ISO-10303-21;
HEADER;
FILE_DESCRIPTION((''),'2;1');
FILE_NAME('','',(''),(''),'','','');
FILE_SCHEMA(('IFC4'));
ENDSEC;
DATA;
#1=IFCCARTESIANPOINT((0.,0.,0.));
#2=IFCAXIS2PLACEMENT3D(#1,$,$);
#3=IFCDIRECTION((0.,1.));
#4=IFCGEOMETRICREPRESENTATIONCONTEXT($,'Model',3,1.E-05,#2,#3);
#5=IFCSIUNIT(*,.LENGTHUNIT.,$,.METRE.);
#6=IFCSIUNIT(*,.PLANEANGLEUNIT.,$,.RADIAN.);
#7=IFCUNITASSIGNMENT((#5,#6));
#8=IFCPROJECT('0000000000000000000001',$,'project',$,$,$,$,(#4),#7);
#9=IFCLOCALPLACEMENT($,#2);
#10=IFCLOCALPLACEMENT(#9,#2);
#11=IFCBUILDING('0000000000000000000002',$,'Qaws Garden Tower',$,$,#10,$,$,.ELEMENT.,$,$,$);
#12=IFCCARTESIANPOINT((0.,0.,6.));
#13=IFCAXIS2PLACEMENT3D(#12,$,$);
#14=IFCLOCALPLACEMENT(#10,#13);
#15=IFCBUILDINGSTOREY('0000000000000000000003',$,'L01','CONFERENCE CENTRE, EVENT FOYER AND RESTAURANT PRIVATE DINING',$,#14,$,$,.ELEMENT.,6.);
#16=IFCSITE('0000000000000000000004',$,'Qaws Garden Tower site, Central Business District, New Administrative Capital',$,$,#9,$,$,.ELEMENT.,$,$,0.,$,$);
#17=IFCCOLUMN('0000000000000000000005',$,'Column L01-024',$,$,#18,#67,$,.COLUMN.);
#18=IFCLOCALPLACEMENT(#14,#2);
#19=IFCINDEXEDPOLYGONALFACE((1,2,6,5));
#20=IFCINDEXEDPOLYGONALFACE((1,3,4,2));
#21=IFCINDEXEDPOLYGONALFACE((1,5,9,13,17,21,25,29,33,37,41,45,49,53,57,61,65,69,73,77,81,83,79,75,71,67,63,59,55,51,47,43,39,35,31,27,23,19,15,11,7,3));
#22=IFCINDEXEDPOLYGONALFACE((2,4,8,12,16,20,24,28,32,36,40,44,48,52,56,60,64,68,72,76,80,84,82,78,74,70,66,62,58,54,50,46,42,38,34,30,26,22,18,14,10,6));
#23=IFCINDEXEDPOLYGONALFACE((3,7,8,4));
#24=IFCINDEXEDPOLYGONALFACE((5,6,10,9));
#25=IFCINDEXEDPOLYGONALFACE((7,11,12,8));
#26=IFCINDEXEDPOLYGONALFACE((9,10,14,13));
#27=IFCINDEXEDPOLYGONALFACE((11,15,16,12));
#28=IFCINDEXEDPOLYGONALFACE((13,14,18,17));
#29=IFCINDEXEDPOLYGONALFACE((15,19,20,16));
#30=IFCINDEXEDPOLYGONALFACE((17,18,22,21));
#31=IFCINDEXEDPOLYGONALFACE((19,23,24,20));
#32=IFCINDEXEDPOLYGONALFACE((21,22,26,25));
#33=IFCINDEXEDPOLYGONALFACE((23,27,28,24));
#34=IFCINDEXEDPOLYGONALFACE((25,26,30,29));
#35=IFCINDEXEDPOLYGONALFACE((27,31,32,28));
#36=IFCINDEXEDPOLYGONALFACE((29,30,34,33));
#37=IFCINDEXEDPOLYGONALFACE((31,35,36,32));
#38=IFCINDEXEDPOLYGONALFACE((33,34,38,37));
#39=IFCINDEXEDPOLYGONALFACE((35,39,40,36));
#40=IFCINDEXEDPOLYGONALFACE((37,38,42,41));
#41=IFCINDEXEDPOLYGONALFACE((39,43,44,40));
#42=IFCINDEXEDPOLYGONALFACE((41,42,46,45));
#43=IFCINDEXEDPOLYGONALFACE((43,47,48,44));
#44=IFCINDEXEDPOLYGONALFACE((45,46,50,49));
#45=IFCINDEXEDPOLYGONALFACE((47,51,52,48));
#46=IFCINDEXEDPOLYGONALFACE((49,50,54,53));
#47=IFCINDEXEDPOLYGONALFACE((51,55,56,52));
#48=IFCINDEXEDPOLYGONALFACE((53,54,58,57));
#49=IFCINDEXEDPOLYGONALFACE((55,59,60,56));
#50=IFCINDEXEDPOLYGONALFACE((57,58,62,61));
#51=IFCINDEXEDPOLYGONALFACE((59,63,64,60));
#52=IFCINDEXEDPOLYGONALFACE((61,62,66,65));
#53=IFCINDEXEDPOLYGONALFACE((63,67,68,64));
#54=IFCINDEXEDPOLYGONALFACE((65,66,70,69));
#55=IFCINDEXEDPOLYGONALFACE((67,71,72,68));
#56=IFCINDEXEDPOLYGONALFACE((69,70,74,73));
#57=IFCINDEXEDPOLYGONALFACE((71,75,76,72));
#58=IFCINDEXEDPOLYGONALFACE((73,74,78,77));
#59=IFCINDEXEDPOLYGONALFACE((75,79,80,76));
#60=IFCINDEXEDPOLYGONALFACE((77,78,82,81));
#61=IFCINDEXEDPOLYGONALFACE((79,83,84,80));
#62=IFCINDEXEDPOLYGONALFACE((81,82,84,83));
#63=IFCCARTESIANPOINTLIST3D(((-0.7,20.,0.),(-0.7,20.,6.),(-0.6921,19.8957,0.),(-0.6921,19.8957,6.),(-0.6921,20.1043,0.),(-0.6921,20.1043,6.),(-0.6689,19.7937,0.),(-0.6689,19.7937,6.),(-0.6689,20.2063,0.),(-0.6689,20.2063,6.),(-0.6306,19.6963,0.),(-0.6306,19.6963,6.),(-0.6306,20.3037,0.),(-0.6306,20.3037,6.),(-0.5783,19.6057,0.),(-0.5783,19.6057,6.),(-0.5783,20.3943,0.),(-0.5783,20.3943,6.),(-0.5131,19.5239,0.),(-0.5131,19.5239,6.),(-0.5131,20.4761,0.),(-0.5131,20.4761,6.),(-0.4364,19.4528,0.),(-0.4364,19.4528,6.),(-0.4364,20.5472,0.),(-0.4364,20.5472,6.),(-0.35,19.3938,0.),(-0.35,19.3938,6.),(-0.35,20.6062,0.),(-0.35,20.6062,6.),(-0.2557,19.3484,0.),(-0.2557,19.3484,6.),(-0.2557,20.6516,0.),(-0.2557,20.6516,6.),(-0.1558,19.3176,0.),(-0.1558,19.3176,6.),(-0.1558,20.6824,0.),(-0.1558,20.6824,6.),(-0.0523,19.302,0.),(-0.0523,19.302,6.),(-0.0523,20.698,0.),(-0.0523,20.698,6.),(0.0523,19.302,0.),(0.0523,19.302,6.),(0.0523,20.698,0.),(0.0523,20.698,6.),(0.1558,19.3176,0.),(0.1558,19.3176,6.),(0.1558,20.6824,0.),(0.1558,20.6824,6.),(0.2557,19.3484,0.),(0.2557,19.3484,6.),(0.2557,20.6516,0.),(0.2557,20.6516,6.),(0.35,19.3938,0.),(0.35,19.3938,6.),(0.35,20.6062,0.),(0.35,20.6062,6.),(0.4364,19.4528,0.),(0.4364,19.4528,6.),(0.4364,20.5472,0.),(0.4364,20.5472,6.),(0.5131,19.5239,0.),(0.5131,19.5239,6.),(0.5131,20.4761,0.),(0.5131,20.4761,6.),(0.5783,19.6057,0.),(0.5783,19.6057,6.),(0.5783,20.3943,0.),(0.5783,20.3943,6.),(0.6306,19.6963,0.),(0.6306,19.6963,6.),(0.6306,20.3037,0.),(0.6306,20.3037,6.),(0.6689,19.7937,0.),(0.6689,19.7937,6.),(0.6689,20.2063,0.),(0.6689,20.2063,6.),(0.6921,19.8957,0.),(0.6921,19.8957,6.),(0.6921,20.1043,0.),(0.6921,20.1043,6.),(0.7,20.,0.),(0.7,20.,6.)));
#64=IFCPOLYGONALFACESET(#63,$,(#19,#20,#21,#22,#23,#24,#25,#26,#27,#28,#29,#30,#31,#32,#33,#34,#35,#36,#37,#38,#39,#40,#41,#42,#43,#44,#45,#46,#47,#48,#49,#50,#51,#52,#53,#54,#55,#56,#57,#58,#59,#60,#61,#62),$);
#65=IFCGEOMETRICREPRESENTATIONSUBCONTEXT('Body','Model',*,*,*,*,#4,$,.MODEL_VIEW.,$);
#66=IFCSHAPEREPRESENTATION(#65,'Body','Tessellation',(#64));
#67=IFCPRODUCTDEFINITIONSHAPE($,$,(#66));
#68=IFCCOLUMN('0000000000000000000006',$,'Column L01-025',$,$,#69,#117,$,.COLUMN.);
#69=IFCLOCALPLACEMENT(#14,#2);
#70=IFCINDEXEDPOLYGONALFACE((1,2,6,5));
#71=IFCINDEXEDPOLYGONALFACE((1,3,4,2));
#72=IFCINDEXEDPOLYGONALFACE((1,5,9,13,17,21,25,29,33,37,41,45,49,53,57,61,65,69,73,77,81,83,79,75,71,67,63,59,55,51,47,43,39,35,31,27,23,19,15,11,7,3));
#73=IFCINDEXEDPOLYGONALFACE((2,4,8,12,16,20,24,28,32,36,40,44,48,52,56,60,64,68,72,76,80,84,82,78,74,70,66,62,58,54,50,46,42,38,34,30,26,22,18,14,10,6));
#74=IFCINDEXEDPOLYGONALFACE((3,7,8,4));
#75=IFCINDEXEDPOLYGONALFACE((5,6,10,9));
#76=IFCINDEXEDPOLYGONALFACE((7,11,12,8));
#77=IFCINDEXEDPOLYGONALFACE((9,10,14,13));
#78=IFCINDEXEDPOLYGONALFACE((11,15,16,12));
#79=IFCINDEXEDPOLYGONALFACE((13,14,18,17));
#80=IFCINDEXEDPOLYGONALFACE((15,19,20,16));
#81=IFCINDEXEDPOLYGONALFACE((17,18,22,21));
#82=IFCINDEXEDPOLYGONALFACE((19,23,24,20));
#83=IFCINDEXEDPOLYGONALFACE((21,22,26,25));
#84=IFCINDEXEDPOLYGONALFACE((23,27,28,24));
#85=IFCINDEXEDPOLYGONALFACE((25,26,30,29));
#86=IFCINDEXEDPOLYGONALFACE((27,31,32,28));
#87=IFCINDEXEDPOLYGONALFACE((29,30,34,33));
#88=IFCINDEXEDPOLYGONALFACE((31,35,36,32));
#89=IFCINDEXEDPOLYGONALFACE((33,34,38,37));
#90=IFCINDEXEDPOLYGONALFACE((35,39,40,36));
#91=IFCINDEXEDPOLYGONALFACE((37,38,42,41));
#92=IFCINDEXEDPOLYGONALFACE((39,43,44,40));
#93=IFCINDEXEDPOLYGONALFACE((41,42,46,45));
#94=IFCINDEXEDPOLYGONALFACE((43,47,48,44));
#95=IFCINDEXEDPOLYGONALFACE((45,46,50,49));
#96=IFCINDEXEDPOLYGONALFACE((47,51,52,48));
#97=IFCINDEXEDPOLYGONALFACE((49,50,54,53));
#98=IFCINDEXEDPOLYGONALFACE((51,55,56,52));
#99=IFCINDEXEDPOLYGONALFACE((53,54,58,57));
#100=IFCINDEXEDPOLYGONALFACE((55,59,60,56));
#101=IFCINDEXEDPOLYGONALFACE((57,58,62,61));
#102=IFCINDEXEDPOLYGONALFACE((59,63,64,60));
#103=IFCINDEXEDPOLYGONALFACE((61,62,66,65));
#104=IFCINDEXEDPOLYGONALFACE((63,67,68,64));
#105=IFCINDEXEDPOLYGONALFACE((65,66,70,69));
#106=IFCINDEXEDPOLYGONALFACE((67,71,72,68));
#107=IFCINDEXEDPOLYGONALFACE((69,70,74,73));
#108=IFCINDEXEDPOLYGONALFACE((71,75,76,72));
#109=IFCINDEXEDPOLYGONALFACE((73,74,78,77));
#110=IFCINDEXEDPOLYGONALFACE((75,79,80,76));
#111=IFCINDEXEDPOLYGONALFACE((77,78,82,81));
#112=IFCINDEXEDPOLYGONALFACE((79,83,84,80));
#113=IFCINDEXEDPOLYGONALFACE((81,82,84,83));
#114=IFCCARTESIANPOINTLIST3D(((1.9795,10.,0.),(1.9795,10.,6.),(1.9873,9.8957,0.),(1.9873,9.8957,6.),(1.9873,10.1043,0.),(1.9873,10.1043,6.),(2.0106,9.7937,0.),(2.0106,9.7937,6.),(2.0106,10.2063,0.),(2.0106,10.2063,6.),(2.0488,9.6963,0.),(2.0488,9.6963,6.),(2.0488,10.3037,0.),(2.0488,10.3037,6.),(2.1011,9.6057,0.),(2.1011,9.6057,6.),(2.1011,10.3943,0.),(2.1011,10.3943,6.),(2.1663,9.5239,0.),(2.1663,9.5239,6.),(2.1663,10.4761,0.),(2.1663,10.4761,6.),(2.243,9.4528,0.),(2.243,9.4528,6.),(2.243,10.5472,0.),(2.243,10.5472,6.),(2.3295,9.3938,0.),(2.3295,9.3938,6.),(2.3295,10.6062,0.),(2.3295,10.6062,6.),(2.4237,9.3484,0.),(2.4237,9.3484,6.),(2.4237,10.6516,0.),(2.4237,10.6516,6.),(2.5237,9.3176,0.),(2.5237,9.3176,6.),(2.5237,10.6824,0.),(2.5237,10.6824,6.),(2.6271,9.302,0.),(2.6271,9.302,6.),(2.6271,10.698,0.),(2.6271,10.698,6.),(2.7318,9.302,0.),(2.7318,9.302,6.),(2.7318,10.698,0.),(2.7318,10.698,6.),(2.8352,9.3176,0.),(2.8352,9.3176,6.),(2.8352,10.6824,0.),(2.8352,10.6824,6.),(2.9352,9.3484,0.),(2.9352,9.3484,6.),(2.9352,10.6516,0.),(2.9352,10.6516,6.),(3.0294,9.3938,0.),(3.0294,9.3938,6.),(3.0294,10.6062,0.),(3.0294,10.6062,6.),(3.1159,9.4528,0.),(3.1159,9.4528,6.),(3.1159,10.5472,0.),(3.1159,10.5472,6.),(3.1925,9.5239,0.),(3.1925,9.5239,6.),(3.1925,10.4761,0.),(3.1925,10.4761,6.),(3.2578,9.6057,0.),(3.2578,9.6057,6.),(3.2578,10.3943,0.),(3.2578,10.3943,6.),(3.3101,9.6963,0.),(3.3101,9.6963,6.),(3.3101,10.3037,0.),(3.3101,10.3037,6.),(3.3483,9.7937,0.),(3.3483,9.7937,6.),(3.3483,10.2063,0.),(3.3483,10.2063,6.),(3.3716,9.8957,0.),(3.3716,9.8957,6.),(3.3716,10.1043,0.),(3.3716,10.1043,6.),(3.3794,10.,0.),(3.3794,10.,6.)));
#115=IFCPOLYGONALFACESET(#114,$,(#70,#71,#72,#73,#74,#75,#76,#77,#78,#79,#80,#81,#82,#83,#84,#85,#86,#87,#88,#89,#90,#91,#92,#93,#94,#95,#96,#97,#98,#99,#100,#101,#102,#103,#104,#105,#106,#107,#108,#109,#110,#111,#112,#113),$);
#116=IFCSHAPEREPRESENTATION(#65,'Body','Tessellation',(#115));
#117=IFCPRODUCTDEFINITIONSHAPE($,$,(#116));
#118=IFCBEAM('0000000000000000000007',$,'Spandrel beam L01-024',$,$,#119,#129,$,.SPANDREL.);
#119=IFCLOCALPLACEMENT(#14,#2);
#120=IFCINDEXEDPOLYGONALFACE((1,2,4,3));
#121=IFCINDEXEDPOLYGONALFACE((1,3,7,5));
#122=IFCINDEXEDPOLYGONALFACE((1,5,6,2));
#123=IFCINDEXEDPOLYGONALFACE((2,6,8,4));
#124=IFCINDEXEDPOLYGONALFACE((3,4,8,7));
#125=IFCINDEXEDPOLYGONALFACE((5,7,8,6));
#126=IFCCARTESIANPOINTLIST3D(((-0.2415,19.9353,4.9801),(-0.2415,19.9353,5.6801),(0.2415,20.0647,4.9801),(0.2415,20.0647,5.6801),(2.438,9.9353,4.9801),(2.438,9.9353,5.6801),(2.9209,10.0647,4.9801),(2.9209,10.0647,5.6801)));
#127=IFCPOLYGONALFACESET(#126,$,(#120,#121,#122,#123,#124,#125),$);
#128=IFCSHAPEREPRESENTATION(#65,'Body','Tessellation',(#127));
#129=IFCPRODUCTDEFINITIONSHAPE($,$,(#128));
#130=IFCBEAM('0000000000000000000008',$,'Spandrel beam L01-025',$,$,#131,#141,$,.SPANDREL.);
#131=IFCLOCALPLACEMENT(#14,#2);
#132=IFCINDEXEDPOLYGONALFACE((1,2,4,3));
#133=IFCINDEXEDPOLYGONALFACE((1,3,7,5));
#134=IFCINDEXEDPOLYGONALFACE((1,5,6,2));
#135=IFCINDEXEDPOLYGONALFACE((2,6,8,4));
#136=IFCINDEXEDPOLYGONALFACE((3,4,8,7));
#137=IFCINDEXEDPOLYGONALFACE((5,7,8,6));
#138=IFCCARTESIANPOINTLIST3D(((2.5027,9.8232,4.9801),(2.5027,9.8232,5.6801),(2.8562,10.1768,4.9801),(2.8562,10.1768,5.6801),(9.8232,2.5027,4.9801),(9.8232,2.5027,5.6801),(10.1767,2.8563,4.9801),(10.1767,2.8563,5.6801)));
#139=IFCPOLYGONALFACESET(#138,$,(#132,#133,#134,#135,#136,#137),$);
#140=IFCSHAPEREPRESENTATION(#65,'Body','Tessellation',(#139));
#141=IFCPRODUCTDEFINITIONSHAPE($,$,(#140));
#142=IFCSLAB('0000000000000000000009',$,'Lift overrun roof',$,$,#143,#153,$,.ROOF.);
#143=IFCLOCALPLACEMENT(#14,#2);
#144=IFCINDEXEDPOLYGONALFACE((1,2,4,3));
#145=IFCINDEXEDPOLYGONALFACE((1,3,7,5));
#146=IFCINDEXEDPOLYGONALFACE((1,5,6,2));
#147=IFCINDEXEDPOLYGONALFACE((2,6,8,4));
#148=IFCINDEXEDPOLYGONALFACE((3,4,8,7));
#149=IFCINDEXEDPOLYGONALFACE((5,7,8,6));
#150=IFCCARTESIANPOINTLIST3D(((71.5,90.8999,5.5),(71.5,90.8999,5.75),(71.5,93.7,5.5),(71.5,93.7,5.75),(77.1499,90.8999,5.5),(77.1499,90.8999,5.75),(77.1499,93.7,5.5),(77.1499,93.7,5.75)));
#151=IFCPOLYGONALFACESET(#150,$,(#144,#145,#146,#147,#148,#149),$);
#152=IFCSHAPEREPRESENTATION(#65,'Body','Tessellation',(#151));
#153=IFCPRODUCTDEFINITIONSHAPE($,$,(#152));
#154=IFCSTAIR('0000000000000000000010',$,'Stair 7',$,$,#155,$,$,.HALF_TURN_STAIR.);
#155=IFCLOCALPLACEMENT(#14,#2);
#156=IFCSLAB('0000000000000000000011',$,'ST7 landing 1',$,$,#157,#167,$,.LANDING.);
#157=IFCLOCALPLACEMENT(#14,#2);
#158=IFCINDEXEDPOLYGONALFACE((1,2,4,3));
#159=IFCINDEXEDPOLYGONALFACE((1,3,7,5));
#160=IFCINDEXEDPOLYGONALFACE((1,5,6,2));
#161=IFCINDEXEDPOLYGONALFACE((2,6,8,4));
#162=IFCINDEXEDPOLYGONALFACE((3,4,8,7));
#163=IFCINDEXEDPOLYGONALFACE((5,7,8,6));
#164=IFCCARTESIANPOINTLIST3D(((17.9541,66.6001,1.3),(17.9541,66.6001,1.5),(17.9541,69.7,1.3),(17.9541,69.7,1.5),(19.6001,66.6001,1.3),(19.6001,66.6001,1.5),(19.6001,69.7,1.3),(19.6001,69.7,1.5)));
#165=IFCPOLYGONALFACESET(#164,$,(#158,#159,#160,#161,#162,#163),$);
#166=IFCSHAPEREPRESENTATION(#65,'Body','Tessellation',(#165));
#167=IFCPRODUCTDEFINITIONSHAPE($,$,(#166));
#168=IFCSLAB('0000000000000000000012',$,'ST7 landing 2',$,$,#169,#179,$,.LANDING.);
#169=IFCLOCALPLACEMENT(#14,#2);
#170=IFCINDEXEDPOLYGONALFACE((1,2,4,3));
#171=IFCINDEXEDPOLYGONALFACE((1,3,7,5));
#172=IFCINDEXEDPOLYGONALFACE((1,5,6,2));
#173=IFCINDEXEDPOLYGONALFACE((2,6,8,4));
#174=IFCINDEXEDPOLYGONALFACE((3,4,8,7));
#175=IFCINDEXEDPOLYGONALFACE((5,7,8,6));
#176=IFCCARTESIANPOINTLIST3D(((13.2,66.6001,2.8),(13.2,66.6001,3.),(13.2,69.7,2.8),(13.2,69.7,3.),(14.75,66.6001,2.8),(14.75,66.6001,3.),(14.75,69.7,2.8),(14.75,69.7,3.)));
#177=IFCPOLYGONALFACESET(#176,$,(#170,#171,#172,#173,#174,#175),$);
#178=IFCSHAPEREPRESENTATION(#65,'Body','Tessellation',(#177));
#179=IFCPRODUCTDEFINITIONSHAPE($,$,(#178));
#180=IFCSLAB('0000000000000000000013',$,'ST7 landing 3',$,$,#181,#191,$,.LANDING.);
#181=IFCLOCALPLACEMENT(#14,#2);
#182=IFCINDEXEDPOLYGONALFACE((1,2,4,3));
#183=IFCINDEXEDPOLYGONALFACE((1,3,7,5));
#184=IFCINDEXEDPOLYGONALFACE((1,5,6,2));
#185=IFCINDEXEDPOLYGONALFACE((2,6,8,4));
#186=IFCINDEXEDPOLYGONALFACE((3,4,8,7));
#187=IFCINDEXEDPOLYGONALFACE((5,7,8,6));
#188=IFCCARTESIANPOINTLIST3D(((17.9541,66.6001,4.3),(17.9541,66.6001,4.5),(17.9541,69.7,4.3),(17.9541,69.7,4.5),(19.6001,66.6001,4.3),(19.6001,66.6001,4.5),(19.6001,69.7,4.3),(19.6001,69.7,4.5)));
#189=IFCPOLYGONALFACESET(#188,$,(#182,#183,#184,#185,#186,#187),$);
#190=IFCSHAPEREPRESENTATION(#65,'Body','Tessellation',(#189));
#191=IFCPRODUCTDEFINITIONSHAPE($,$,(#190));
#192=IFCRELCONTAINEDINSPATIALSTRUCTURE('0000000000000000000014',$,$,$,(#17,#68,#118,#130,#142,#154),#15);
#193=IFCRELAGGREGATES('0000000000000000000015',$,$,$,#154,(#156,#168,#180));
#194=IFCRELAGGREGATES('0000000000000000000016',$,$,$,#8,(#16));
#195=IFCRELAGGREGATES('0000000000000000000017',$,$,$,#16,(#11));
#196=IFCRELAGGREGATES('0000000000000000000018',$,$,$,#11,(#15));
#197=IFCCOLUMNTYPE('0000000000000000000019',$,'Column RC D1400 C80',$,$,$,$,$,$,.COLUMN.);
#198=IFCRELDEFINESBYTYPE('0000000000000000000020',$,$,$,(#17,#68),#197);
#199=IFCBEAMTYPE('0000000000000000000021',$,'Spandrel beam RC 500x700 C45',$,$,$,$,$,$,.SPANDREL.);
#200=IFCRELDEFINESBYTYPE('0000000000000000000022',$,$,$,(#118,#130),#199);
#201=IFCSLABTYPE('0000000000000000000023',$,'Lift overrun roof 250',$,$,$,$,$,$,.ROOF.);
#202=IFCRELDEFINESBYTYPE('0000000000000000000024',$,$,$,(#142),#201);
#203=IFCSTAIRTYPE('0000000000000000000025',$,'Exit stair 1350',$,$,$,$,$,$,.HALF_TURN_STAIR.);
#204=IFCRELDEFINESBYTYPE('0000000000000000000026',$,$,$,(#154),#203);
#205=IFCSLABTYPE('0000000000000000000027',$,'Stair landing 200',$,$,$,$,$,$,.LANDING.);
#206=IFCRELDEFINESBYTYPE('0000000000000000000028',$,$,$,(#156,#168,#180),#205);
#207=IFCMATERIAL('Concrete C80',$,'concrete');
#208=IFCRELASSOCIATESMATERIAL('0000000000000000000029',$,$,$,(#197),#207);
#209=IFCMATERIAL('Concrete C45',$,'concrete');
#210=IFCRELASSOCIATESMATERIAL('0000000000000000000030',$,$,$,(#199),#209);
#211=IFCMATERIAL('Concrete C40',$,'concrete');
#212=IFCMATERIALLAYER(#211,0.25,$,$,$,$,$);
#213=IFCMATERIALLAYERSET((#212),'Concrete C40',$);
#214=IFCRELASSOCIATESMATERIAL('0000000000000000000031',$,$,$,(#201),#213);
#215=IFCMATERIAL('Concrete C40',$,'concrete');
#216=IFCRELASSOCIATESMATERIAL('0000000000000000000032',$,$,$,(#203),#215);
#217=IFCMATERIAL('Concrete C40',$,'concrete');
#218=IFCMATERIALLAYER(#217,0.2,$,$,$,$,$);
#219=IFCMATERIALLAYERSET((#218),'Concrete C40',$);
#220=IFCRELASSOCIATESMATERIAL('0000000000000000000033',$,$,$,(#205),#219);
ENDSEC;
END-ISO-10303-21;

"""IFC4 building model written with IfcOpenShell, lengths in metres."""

from ifc_helpers import new_model, si_unit, direction, frame, origin, origin_2d, place, context, subcontext, project, spatial, polyline, rectangle, circle, outline, extrude, material, layer, layer_set, material_profile, profile_set, type_object, element, aggregate, save


model = new_model("IFC4")

# Units and contexts
model_context = context("Model", 3, precision=1e-05, world=origin(), true_north=direction((0.0, 1.0)))
body_context = subcontext(model_context, "Body", "Model", "MODEL_VIEW")
ifc_project = project(units=[si_unit("LENGTHUNIT", "METRE"), si_unit("PLANEANGLEUNIT", "RADIAN")], contexts=[model_context])

# Site, building, storey
site_placement = place(None, origin())
site = spatial("IfcSite", under=ifc_project, at=site_placement, Name="Qaws Garden Tower site, Central Business District, New Administrative Capital", CompositionType="ELEMENT", RefElevation=0.0)
building_placement = place(site_placement, origin())
building = spatial("IfcBuilding", under=site, at=building_placement, Name="Qaws Garden Tower", CompositionType="ELEMENT")
storey_placement = place(building_placement, frame((0.0, 0.0, 6.0)))
storey = spatial("IfcBuildingStorey", under=building, at=storey_placement, Name="L01", Description="CONFERENCE CENTRE, EVENT FOYER AND RESTAURANT PRIVATE DINING", CompositionType="ELEMENT", Elevation=6.0)

# Columns
ifc_material_1 = material(Name="Concrete C80", Category="concrete")
ifc_material_profile_1 = material_profile(ifc_material_1, circle(Radius=0.7, at=origin_2d()), Name="RC D1400")
ifc_profile_set_1 = profile_set([ifc_material_profile_1], Name="Concrete C80")
column_type = type_object("IfcColumnType", Name="Column RC D1400 C80", PredefinedType="COLUMN", material=ifc_profile_set_1)
for number, where, z_axis, x_axis, name in (
    (1, (0.0, 20.0, 0.0), (0.0, 0.0, 1.0), (1.0, 0.0, 0.0), "Column L01-024"),
    (2, (2.6794, 10.0, 0.0), (0.0, 0.0, 1.0), (1.0, 0.0, 0.0), "Column L01-025"),
):
    element("IfcColumn", number, at=place(storey_placement, frame(where, z_axis=z_axis, x_axis=x_axis)), inside=storey, type_object=column_type, Name=name, PredefinedType="COLUMN", context=body_context, shape_type="SweptSolid", body=[
        extrude(circle(Radius=0.7, at=origin_2d()), origin(), (0.0, 0.0, 1.0), 6.0),
    ])

# Beams
ifc_material_2 = material(Name="Concrete C45", Category="concrete")
ifc_material_profile_2 = material_profile(ifc_material_2, rectangle(XDim=0.5, YDim=0.7, at=origin_2d()), Name="RC 500x700")
ifc_profile_set_2 = profile_set([ifc_material_profile_2], Name="Concrete C45")
beam_type = type_object("IfcBeamType", Name="Spandrel beam RC 500x700 C45", PredefinedType="SPANDREL", material=ifc_profile_set_2)
for number, where, z_axis, x_axis, name in (
    (3, (0.0, 20.0, 5.3301), (0.258815, -0.965927, 0.0), (0.965927, 0.258815, 0.0), "Spandrel beam L01-024"),
    (4, (2.6794, 10.0, 5.3301), (0.707107, -0.707107, 0.0), (0.707107, 0.707107, 0.0), "Spandrel beam L01-025"),
):
    element("IfcBeam", number, at=place(storey_placement, frame(where, z_axis=z_axis, x_axis=x_axis)), inside=storey, type_object=beam_type, Name=name, PredefinedType="SPANDREL", context=body_context, shape_type="SweptSolid", body=[
        extrude(rectangle(XDim=0.5, YDim=0.7, at=origin_2d()), origin(), (0.0, 0.0, 1.0), 10.3528),
    ])

# Slab
ifc_material_3 = material(Name="Concrete C40", Category="concrete")
ifc_layer_1 = layer(ifc_material_3, 0.25)
ifc_layer_set_1 = layer_set([ifc_layer_1], Name="Concrete C40")
slab_type_1 = type_object("IfcSlabType", Name="Lift overrun roof 250", PredefinedType="ROOF", material=ifc_layer_set_1)
slab_1_placement = place(storey_placement, frame((0.0, 0.0, 5.5)))
element("IfcSlab", 5, at=slab_1_placement, inside=storey, type_object=slab_type_1, Name="Lift overrun roof", PredefinedType="ROOF", context=body_context, shape_type="SweptSolid", body=[
    extrude(outline(polyline([(71.5, 90.8999), (77.1499, 90.8999), (77.1499, 93.7), (71.5, 93.7), (71.5, 90.8999)])), origin(), (0.0, 0.0, 1.0), 0.25),
])

# Stair, slabs
ifc_material_4 = material(Name="Concrete C40", Category="concrete")
stair_type = type_object("IfcStairType", Name="Exit stair 1350", PredefinedType="HALF_TURN_STAIR", material=ifc_material_4)
stair_placement = place(storey_placement, origin())
stair = element("IfcStair", 6, at=stair_placement, inside=storey, type_object=stair_type, Name="Stair 7", PredefinedType="HALF_TURN_STAIR")
ifc_material_5 = material(Name="Concrete C40", Category="concrete")
ifc_layer_2 = layer(ifc_material_5, 0.2)
ifc_layer_set_2 = layer_set([ifc_layer_2], Name="Concrete C40")
slab_type_2 = type_object("IfcSlabType", Name="Stair landing 200", PredefinedType="LANDING", material=ifc_layer_set_2)
slab_2_placement = place(storey_placement, frame((0.0, 0.0, 1.3)))
slab_2 = element("IfcSlab", 7, at=slab_2_placement, type_object=slab_type_2, Name="ST7 landing 1", PredefinedType="LANDING", context=body_context, shape_type="SweptSolid", body=[
    extrude(outline(polyline([(17.9541, 66.6001), (19.6001, 66.6001), (19.6001, 69.7), (17.9541, 69.7), (17.9541, 66.6001)])), origin(), (0.0, 0.0, 1.0), 0.2),
])
slab_3_placement = place(storey_placement, frame((0.0, 0.0, 2.8)))
slab_3 = element("IfcSlab", 8, at=slab_3_placement, type_object=slab_type_2, Name="ST7 landing 2", PredefinedType="LANDING", context=body_context, shape_type="SweptSolid", body=[
    extrude(outline(polyline([(13.2, 66.6001), (14.75, 66.6001), (14.75, 69.7), (13.2, 69.7), (13.2, 66.6001)])), origin(), (0.0, 0.0, 1.0), 0.2),
])
slab_4_placement = place(storey_placement, frame((0.0, 0.0, 4.3)))
slab_4 = element("IfcSlab", 9, at=slab_4_placement, type_object=slab_type_2, Name="ST7 landing 3", PredefinedType="LANDING", context=body_context, shape_type="SweptSolid", body=[
    extrude(outline(polyline([(17.9541, 66.6001), (19.6001, 66.6001), (19.6001, 69.7), (17.9541, 69.7), (17.9541, 66.6001)])), origin(), (0.0, 0.0, 1.0), 0.2),
])
aggregate(stair, [slab_2, slab_3, slab_4])

save(model, "model.ifc")
